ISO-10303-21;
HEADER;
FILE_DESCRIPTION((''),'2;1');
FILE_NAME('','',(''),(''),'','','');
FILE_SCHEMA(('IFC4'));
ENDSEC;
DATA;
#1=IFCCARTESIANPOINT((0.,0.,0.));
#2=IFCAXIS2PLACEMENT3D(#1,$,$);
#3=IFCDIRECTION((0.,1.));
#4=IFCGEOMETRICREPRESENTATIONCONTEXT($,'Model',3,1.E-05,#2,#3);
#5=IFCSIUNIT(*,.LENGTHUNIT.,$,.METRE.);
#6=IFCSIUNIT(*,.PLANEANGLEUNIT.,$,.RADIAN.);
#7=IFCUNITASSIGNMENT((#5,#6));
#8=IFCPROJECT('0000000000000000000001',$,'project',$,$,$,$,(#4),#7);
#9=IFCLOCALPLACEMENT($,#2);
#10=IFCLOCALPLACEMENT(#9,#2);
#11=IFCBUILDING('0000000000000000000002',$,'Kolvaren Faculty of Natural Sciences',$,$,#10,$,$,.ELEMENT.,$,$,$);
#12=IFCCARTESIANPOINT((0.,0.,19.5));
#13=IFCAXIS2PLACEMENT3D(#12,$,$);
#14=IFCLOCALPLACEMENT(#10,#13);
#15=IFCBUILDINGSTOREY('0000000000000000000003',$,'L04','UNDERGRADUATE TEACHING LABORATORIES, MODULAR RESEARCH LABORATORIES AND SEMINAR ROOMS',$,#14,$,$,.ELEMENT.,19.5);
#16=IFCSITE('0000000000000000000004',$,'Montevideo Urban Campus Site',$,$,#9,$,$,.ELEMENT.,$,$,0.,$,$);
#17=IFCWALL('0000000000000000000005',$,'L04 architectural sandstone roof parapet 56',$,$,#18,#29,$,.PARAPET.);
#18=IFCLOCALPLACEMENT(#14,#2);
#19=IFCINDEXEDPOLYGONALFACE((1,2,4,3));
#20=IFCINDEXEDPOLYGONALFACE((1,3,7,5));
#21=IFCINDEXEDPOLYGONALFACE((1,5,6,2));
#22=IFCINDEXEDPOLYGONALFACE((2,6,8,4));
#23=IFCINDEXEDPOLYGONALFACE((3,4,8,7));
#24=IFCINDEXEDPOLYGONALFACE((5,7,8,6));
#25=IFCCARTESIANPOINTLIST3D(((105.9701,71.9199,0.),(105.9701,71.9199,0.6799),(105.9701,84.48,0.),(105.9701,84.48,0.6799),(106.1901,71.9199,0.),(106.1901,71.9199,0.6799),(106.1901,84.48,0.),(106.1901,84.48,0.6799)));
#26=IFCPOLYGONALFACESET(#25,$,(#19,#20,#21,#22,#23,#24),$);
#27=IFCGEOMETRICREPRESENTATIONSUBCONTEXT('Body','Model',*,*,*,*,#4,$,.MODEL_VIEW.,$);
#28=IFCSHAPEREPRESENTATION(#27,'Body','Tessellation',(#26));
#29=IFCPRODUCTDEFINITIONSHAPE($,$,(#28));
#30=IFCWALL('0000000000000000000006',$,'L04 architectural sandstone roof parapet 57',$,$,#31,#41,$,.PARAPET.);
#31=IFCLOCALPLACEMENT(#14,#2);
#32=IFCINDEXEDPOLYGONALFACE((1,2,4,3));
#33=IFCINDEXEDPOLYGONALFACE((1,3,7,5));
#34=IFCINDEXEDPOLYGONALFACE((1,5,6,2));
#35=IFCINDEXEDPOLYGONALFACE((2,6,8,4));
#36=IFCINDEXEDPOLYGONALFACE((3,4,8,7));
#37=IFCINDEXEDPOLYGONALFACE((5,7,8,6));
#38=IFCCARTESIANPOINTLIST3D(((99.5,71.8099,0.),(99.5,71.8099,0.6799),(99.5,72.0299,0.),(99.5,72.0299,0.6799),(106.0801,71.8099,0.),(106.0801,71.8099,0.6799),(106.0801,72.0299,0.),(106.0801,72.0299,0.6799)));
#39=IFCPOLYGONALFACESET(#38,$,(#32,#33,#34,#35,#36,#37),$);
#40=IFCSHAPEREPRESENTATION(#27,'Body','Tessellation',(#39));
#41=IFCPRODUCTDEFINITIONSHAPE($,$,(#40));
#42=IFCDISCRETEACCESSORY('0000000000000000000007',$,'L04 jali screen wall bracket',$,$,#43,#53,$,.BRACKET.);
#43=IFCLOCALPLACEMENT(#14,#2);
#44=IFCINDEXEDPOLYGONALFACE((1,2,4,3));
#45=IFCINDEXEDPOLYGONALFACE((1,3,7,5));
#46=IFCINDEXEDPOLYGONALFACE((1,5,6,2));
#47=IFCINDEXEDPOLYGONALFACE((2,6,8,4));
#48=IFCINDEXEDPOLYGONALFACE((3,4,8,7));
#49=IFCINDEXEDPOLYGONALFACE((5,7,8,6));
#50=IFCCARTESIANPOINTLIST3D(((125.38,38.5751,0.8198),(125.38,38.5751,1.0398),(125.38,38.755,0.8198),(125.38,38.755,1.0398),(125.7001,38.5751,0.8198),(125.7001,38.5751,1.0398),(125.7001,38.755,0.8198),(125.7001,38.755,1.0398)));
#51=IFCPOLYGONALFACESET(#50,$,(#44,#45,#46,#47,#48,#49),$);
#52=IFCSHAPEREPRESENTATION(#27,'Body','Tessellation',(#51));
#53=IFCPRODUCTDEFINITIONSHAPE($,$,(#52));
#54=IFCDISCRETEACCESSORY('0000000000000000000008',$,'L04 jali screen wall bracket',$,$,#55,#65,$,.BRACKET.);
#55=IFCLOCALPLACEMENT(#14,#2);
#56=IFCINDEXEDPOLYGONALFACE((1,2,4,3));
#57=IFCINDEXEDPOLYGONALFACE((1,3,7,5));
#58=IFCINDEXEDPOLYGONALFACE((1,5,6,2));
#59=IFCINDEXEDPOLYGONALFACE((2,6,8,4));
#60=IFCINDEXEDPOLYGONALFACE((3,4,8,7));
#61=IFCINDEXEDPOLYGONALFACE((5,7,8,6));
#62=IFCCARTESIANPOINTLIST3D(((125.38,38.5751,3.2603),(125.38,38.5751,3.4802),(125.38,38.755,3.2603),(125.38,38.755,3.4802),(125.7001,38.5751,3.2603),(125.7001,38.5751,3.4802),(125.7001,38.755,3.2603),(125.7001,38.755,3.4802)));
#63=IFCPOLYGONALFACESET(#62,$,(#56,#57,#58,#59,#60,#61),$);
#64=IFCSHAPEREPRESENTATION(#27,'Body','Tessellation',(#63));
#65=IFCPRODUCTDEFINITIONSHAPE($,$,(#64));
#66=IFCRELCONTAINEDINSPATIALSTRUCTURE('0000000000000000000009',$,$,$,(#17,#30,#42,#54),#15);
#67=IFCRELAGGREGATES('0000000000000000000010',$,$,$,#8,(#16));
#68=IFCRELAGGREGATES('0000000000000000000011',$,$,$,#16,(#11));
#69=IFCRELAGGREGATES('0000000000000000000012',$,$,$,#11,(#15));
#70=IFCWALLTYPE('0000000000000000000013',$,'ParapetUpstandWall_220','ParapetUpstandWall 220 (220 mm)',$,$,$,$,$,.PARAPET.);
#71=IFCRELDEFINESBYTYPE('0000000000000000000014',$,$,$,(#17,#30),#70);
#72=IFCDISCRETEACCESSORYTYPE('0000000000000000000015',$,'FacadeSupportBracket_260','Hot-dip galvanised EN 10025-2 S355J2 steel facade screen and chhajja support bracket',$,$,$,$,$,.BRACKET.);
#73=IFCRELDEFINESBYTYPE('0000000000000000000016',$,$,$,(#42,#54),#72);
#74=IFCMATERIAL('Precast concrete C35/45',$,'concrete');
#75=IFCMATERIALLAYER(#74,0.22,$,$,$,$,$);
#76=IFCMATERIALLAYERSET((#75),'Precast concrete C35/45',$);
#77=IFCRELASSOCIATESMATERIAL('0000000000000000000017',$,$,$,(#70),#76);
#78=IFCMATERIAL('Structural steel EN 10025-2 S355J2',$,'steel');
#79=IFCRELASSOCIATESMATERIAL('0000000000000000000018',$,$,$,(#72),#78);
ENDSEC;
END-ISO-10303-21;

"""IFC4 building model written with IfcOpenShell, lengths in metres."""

from ifc_helpers import new_model, si_unit, direction, frame, frame_2d, origin, origin_2d, place, context, subcontext, project, spatial, rectangle, extrude, material, layer, layer_set, type_object, element, save


model = new_model("IFC4")

# Units and contexts
model_context = context("Model", 3, precision=1e-05, world=origin(), true_north=direction((0.0, 1.0)))
body_context = subcontext(model_context, "Body", "Model", "MODEL_VIEW")
ifc_project = project(units=[si_unit("LENGTHUNIT", "METRE"), si_unit("PLANEANGLEUNIT", "RADIAN")], contexts=[model_context])

# Site, building, storey
site_placement = place(None, origin())
site = spatial("IfcSite", under=ifc_project, at=site_placement, Name="Montevideo Urban Campus Site", CompositionType="ELEMENT", RefElevation=0.0)
building_placement = place(site_placement, origin())
building = spatial("IfcBuilding", under=site, at=building_placement, Name="Kolvaren Faculty of Natural Sciences", CompositionType="ELEMENT")
storey_placement = place(building_placement, frame((0.0, 0.0, 19.5)))
storey = spatial("IfcBuildingStorey", under=building, at=storey_placement, Name="L04", Description="UNDERGRADUATE TEACHING LABORATORIES, MODULAR RESEARCH LABORATORIES AND SEMINAR ROOMS", CompositionType="ELEMENT", Elevation=19.5)

# Walls
ifc_material_1 = material(Name="Precast concrete C35/45", Category="concrete")
ifc_layer_1 = layer(ifc_material_1, 0.22)
ifc_layer_set_1 = layer_set([ifc_layer_1], Name="Precast concrete C35/45")
wall_type_1 = type_object("IfcWallType", Name="ParapetUpstandWall_220", Description="ParapetUpstandWall 220 (220 mm)", PredefinedType="PARAPET", material=ifc_layer_set_1)
wall_1_placement = place(storey_placement, frame((106.0801, 84.48, 0.0), z_axis=(0.0, 0.0, 1.0), x_axis=(0.0, -1.0, 0.0)))
element("IfcWall", 1, at=wall_1_placement, inside=storey, type_object=wall_type_1, Name="L04 architectural sandstone roof parapet 56", PredefinedType="PARAPET", context=body_context, shape_type="SweptSolid", body=[
    extrude(rectangle(XDim=12.5601, YDim=0.22, at=frame_2d((6.28, 0.0))), origin(), (0.0, 0.0, 1.0), 0.6799),
])
wall_2_placement = place(storey_placement, frame((106.0801, 71.9199, 0.0), z_axis=(0.0, 0.0, 1.0), x_axis=(-1.0, 0.0, 0.0)))
element("IfcWall", 2, at=wall_2_placement, inside=storey, type_object=wall_type_1, Name="L04 architectural sandstone roof parapet 57", PredefinedType="PARAPET", context=body_context, shape_type="SweptSolid", body=[
    extrude(rectangle(XDim=6.5801, YDim=0.22, at=frame_2d((3.29, 0.0))), origin(), (0.0, 0.0, 1.0), 0.6799),
])

# Discrete accessories
ifc_material_2 = material(Name="Structural steel EN 10025-2 S355J2", Category="steel")
discrete_accessory_type = type_object("IfcDiscreteAccessoryType", Name="FacadeSupportBracket_260", Description="Hot-dip galvanised EN 10025-2 S355J2 steel facade screen and chhajja support bracket", PredefinedType="BRACKET", material=ifc_material_2)
for number, where, z_axis, x_axis, name in (
    (3, (125.54, 38.665, 0.8198), (0.0, 0.0, 1.0), (0.0, 1.0, 0.0), "L04 jali screen wall bracket"),
    (4, (125.54, 38.665, 3.2603), (0.0, 0.0, 1.0), (0.0, 1.0, 0.0), "L04 jali screen wall bracket"),
):
    element("IfcDiscreteAccessory", number, at=place(storey_placement, frame(where, z_axis=z_axis, x_axis=x_axis)), inside=storey, type_object=discrete_accessory_type, Name=name, PredefinedType="BRACKET", context=body_context, shape_type="SweptSolid", body=[
        extrude(rectangle(XDim=0.1799, YDim=0.3201, at=origin_2d()), origin(), (0.0, 0.0, 1.0), 0.22),
    ])

save(model, "model.ifc")
